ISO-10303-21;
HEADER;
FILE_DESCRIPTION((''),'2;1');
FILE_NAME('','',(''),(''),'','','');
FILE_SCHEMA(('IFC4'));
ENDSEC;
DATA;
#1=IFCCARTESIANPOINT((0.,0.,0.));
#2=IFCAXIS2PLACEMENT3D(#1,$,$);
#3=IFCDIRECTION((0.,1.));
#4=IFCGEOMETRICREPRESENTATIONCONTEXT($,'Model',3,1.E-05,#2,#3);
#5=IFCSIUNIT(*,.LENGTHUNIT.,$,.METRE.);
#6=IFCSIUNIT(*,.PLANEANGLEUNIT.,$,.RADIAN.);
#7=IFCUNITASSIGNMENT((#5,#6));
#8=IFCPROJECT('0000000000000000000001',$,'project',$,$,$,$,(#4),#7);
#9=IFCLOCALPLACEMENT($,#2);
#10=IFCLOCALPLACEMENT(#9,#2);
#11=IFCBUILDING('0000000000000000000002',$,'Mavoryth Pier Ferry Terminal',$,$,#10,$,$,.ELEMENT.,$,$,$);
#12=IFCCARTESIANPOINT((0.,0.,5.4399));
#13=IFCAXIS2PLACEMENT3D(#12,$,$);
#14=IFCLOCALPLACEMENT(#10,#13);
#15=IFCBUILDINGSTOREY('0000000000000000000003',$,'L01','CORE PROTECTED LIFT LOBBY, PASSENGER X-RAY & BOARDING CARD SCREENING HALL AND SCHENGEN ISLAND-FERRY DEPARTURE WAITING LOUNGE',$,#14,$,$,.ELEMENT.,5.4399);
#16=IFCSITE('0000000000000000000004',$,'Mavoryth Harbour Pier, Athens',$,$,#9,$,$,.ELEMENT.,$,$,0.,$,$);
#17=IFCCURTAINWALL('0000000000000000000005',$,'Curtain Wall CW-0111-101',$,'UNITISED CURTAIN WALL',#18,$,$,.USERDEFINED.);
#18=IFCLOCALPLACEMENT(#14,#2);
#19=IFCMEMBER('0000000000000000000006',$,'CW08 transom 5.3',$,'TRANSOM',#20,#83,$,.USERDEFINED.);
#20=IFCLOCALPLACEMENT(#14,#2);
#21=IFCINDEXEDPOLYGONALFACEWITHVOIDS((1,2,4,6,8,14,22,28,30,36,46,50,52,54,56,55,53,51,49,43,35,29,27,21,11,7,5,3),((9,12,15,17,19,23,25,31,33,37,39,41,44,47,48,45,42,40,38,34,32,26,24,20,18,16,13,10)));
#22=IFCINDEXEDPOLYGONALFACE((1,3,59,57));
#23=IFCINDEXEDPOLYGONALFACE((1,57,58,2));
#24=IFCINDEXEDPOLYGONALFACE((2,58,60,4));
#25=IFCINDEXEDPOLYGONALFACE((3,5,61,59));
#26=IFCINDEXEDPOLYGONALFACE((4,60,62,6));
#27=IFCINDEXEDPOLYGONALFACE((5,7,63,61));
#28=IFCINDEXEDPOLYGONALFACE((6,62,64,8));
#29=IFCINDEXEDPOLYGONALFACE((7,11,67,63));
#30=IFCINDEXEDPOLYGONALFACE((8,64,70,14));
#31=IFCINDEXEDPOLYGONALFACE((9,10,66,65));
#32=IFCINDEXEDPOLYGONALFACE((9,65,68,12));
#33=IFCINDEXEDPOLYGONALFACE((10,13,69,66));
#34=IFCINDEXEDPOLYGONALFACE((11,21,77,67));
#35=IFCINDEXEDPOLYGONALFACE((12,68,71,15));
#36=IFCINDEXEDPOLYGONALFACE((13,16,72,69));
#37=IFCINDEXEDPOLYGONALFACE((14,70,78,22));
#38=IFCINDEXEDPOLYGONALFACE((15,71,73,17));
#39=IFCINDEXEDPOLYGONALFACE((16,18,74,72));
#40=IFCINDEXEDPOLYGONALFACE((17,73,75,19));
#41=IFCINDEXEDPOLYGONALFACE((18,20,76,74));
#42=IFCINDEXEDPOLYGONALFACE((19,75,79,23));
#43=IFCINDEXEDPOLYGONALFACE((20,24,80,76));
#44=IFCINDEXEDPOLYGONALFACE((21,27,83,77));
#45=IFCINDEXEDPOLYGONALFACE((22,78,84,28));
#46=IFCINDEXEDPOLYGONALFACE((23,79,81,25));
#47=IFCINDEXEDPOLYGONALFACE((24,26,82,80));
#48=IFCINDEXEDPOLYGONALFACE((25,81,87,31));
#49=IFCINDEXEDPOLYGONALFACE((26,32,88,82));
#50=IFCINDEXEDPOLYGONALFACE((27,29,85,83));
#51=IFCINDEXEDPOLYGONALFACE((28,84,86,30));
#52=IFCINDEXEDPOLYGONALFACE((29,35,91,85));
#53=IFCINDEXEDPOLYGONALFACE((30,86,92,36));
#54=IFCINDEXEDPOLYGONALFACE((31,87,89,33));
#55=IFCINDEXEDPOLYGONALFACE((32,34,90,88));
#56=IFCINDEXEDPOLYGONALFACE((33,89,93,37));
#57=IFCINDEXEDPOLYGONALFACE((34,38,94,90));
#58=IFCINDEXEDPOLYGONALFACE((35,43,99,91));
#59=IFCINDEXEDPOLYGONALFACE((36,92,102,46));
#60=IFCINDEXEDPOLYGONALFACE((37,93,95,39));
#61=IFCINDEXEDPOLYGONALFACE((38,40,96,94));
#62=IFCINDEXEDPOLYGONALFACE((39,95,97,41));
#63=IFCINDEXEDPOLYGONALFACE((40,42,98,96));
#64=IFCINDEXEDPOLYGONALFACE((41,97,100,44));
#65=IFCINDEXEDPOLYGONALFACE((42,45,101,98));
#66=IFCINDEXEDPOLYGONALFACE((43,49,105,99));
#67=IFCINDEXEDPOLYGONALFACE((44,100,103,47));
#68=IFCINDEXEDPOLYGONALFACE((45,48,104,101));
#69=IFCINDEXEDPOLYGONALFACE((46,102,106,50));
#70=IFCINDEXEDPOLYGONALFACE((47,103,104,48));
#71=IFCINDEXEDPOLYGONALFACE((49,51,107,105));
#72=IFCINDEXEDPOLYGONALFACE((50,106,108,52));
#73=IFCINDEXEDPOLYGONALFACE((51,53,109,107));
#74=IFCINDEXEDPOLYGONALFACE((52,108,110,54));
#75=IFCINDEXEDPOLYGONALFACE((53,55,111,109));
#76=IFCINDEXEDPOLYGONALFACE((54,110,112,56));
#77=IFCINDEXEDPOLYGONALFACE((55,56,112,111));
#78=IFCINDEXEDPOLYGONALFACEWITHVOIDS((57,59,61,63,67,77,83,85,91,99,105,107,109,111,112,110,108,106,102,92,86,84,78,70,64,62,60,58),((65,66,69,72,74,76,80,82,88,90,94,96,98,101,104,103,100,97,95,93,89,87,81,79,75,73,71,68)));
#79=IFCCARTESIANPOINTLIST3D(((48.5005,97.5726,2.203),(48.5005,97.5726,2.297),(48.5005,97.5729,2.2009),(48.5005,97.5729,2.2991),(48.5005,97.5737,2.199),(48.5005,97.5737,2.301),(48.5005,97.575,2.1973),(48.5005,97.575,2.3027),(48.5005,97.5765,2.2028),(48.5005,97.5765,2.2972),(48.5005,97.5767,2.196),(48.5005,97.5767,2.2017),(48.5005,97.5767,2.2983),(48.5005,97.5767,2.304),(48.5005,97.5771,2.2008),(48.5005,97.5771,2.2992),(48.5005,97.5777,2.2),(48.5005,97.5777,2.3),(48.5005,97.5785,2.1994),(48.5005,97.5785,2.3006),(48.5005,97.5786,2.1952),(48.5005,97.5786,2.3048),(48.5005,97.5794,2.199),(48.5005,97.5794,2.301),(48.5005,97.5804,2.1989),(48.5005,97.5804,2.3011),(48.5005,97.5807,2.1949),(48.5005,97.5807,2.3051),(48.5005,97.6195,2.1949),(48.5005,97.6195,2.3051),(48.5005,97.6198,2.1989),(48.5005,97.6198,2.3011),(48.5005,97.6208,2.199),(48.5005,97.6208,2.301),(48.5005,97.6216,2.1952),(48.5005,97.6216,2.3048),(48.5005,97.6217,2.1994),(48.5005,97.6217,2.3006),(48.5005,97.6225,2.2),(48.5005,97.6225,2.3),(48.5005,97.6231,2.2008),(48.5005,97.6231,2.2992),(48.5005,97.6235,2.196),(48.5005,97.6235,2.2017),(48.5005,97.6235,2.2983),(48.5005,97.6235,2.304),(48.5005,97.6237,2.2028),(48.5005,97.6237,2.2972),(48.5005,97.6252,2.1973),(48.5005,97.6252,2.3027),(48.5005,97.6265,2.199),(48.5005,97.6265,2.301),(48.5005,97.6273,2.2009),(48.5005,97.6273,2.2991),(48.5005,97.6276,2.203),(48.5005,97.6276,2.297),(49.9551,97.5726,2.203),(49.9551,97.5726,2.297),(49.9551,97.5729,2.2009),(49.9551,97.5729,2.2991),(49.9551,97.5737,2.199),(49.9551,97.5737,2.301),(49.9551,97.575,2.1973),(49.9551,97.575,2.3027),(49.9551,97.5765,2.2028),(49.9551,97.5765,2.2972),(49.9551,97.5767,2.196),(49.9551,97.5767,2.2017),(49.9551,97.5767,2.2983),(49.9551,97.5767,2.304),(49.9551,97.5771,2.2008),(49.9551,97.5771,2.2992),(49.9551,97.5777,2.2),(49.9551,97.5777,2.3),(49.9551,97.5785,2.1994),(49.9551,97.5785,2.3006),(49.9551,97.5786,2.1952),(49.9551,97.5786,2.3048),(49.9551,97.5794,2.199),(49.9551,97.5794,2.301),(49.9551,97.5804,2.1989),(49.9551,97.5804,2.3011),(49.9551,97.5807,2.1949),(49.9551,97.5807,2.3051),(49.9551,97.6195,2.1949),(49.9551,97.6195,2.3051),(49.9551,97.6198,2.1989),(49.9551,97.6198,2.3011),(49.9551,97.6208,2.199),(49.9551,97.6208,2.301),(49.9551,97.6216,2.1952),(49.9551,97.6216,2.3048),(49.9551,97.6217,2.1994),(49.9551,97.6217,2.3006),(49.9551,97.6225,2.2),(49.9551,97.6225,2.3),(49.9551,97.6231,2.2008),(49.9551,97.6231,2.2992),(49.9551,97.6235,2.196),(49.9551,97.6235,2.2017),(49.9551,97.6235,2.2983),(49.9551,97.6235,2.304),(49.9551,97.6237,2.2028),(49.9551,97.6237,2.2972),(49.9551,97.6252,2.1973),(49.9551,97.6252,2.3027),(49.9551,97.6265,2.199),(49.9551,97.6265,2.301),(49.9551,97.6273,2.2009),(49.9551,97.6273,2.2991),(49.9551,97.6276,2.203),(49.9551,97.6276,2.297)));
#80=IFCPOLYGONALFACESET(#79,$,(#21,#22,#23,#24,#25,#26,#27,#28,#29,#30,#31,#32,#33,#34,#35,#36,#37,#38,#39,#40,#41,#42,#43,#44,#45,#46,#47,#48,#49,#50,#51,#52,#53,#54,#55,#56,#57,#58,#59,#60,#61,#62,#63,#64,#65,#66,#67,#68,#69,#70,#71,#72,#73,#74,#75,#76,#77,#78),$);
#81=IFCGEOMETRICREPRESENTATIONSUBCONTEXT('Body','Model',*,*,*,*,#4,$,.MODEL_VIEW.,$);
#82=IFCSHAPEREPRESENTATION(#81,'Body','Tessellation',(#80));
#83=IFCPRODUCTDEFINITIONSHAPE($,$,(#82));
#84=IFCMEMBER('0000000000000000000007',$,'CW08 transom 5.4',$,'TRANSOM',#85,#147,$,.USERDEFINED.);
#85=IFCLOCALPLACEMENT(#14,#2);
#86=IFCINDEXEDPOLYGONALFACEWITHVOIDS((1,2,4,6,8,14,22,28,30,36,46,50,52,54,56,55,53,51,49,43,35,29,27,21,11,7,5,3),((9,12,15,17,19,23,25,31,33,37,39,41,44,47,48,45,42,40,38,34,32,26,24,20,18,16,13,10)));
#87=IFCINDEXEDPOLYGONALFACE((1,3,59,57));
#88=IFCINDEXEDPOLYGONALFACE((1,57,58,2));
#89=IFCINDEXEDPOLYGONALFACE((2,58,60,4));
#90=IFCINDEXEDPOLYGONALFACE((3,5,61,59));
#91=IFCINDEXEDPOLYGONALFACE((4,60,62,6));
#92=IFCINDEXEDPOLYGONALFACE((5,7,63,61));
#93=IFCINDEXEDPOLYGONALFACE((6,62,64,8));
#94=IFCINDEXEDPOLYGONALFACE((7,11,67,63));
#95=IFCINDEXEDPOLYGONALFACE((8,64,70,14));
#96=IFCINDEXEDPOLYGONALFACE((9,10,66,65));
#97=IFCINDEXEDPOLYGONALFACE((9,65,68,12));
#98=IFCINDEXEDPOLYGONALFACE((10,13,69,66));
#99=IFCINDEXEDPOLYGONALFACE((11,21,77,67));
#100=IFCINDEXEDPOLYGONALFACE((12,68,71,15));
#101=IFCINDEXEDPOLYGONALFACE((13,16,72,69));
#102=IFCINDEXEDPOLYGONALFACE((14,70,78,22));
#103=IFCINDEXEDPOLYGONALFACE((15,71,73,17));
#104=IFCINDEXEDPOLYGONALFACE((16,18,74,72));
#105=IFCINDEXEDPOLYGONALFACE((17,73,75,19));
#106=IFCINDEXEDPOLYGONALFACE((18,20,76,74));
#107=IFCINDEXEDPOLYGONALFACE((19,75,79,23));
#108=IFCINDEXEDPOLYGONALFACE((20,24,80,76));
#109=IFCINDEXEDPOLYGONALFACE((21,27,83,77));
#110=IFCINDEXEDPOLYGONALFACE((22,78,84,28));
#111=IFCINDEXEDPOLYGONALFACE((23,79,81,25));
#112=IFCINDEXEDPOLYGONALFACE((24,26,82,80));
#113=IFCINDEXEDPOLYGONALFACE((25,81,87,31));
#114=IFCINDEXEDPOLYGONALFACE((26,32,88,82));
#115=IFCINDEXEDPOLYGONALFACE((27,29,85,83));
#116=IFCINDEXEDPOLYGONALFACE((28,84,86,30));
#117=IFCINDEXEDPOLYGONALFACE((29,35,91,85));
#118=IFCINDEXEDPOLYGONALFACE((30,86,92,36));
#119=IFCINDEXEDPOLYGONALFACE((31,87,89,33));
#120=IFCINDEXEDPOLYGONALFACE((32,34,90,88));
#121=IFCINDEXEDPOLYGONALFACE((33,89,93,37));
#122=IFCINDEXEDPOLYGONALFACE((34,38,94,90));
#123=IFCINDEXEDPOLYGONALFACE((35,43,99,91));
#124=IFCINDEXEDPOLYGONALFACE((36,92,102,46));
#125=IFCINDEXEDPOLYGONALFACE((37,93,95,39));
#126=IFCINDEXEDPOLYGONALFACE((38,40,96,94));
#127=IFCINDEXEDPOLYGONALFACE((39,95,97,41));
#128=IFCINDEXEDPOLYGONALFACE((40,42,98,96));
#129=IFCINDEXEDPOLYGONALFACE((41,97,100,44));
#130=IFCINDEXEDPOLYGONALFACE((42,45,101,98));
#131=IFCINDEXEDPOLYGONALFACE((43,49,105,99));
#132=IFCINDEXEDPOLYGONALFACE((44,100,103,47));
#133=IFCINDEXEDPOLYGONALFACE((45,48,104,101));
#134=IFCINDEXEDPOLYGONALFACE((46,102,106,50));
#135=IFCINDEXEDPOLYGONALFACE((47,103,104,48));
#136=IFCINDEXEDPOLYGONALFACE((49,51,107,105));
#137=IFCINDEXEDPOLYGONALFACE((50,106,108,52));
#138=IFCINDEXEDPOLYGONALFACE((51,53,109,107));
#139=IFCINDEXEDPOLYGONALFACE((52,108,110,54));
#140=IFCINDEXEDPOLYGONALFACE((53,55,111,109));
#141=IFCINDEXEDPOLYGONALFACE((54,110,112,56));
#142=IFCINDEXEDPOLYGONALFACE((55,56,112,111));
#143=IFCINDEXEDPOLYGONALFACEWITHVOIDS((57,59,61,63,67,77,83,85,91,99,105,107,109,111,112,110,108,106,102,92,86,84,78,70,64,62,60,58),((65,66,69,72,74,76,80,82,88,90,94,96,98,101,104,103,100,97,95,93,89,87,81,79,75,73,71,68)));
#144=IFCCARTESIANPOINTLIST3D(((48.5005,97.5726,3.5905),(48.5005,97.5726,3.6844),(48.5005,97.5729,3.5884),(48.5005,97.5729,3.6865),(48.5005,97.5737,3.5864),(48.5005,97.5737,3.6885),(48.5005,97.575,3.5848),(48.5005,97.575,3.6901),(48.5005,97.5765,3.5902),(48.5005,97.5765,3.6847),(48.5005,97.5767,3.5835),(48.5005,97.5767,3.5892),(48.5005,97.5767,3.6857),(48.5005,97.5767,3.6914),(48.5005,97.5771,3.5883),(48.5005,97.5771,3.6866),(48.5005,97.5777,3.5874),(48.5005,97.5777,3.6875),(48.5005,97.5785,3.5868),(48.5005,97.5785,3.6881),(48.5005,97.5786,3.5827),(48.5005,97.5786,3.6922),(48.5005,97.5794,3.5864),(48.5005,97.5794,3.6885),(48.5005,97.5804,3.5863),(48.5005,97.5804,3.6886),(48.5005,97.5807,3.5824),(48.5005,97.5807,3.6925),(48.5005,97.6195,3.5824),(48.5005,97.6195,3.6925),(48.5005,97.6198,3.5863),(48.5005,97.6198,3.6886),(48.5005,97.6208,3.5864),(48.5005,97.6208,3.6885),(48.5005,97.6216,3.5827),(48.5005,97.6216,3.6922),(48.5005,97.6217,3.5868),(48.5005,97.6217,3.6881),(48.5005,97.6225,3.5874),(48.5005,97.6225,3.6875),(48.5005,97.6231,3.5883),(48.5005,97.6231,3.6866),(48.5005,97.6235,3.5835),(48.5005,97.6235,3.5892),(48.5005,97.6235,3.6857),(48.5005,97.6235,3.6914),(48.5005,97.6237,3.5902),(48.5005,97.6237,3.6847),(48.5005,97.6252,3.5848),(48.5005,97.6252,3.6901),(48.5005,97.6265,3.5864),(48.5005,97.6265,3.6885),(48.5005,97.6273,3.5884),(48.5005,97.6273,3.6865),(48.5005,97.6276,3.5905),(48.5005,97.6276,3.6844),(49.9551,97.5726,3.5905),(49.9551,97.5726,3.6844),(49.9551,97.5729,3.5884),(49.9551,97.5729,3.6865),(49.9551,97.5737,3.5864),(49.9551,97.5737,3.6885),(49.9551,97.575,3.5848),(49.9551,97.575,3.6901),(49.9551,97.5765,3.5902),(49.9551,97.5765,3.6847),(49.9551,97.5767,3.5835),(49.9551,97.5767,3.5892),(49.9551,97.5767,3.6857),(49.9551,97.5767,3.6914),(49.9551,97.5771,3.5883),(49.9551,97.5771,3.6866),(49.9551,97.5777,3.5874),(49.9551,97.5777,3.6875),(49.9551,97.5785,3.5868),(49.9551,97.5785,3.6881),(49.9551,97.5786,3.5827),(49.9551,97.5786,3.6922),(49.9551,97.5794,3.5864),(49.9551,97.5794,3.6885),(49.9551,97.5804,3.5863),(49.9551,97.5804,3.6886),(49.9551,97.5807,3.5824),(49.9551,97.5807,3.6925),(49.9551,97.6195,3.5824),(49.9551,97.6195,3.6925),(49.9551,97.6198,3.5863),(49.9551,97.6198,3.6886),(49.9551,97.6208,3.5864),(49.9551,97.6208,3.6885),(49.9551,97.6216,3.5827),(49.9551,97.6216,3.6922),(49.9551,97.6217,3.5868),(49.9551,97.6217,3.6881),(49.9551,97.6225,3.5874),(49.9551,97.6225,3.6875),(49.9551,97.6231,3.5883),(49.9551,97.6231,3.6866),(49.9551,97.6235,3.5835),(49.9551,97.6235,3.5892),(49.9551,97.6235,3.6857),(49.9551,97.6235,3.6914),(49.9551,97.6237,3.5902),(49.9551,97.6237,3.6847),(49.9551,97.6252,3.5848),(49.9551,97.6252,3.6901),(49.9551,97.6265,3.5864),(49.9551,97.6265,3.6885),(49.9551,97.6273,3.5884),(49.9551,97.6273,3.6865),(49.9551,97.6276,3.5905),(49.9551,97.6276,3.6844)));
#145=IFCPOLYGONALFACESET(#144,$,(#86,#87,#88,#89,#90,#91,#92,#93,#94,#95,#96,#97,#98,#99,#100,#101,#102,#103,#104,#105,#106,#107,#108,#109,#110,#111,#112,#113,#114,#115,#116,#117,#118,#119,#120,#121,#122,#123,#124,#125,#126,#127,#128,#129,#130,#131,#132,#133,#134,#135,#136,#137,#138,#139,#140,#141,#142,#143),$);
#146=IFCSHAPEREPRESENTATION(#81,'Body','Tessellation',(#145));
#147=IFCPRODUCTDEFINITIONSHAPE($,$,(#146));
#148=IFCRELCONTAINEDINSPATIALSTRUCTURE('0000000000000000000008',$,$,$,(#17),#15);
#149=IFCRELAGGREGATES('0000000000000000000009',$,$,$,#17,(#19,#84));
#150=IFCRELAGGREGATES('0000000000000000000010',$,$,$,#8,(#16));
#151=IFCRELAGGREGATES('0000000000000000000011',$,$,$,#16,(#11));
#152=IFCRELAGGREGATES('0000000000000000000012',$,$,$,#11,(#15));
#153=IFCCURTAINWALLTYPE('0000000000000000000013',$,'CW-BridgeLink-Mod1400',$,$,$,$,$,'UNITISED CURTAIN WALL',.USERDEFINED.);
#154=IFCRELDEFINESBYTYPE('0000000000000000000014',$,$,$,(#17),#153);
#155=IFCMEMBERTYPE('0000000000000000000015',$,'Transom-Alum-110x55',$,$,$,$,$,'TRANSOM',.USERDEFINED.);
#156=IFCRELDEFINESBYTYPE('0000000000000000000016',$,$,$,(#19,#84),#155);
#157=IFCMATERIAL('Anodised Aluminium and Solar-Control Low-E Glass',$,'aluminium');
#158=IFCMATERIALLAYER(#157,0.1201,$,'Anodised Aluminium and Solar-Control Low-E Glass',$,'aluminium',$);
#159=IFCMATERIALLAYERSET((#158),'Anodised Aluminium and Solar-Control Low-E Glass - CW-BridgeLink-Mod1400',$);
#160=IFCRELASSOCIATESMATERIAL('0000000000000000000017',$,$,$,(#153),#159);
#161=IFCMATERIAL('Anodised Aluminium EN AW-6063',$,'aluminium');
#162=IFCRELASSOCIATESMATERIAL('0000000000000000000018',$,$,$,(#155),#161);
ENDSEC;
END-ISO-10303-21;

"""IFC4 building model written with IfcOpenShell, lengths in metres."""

from ifc_helpers import new_model, si_unit, direction, frame, origin, origin_2d, place, context, subcontext, project, spatial, hollow_rectangle, extrude, material, layer, layer_set, material_profile, profile_set, type_object, element, aggregate, save


model = new_model("IFC4")

# Units and contexts
model_context = context("Model", 3, precision=1e-05, world=origin(), true_north=direction((0.0, 1.0)))
body_context = subcontext(model_context, "Body", "Model", "MODEL_VIEW")
ifc_project = project(units=[si_unit("LENGTHUNIT", "METRE"), si_unit("PLANEANGLEUNIT", "RADIAN")], contexts=[model_context])

# Site, building, storey
site_placement = place(None, origin())
site = spatial("IfcSite", under=ifc_project, at=site_placement, Name="Mavoryth Harbour Pier, Athens", CompositionType="ELEMENT", RefElevation=0.0)
building_placement = place(site_placement, origin())
building = spatial("IfcBuilding", under=site, at=building_placement, Name="Mavoryth Pier Ferry Terminal", CompositionType="ELEMENT")
storey_placement = place(building_placement, frame((0.0, 0.0, 5.4399)))
storey = spatial("IfcBuildingStorey", under=building, at=storey_placement, Name="L01", Description="CORE PROTECTED LIFT LOBBY, PASSENGER X-RAY & BOARDING CARD SCREENING HALL AND SCHENGEN ISLAND-FERRY DEPARTURE WAITING LOUNGE", CompositionType="ELEMENT", Elevation=5.4399)

# Curtain wall
ifc_material_1 = material(Name="Anodised Aluminium and Solar-Control Low-E Glass", Category="aluminium")
ifc_layer_1 = layer(ifc_material_1, 0.1201, Name="Anodised Aluminium and Solar-Control Low-E Glass", Category="aluminium")
ifc_layer_set_1 = layer_set([ifc_layer_1], Name="Anodised Aluminium and Solar-Control Low-E Glass - CW-BridgeLink-Mod1400")
curtain_wall_type_1 = type_object("IfcCurtainWallType", Name="CW-BridgeLink-Mod1400", ElementType="UNITISED CURTAIN WALL", PredefinedType="USERDEFINED", material=ifc_layer_set_1)
curtain_wall_1_placement = place(storey_placement, origin())
curtain_wall_1 = element("IfcCurtainWall", 1, at=curtain_wall_1_placement, inside=storey, type_object=curtain_wall_type_1, Name="Curtain Wall CW-0111-101", ObjectType="UNITISED CURTAIN WALL", PredefinedType="USERDEFINED")
ifc_material_2 = material(Name="Anodised Aluminium EN AW-6063", Category="aluminium")

# Members
ifc_material_profile_1 = material_profile(ifc_material_2, hollow_rectangle(XDim=0.0549, YDim=0.1101, WallThickness=0.0039, InnerFilletRadius=0.0039, OuterFilletRadius=0.0081, at=origin_2d()), Name="AL-TRAN 110x55x4", Category="aluminium")
ifc_profile_set_1 = profile_set([ifc_material_profile_1], Name="Anodised Aluminium EN AW-6063 - AL-TRAN 110x55x4")
member_type_1 = type_object("IfcMemberType", Name="Transom-Alum-110x55", ElementType="TRANSOM", PredefinedType="USERDEFINED", material=ifc_profile_set_1)
member_1_placement = place(storey_placement, frame((48.5005, 97.6001, 2.25), z_axis=(1.0, 0.0, 0.0), x_axis=(0.0, 1.0, 0.0)))
member_1 = element("IfcMember", 2, at=member_1_placement, type_object=member_type_1, Name="CW08 transom 5.3", ObjectType="TRANSOM", PredefinedType="USERDEFINED", context=body_context, shape_type="SweptSolid", body=[
    extrude(hollow_rectangle(XDim=0.0549, YDim=0.1101, WallThickness=0.0039, InnerFilletRadius=0.0039, OuterFilletRadius=0.0081, at=origin_2d()), origin(), (0.0, 0.0, 1.0), 1.4546),
])
member_2_placement = place(storey_placement, frame((48.5005, 97.6001, 3.6375), z_axis=(1.0, 0.0, 0.0), x_axis=(0.0, 1.0, 0.0)))
member_2 = element("IfcMember", 3, at=member_2_placement, type_object=member_type_1, Name="CW08 transom 5.4", ObjectType="TRANSOM", PredefinedType="USERDEFINED", context=body_context, shape_type="SweptSolid", body=[
    extrude(hollow_rectangle(XDim=0.0549, YDim=0.1101, WallThickness=0.0039, InnerFilletRadius=0.0039, OuterFilletRadius=0.0081, at=origin_2d()), origin(), (0.0, 0.0, 1.0), 1.4546),
])

aggregate(curtain_wall_1, [member_1, member_2])

save(model, "model.ifc")
